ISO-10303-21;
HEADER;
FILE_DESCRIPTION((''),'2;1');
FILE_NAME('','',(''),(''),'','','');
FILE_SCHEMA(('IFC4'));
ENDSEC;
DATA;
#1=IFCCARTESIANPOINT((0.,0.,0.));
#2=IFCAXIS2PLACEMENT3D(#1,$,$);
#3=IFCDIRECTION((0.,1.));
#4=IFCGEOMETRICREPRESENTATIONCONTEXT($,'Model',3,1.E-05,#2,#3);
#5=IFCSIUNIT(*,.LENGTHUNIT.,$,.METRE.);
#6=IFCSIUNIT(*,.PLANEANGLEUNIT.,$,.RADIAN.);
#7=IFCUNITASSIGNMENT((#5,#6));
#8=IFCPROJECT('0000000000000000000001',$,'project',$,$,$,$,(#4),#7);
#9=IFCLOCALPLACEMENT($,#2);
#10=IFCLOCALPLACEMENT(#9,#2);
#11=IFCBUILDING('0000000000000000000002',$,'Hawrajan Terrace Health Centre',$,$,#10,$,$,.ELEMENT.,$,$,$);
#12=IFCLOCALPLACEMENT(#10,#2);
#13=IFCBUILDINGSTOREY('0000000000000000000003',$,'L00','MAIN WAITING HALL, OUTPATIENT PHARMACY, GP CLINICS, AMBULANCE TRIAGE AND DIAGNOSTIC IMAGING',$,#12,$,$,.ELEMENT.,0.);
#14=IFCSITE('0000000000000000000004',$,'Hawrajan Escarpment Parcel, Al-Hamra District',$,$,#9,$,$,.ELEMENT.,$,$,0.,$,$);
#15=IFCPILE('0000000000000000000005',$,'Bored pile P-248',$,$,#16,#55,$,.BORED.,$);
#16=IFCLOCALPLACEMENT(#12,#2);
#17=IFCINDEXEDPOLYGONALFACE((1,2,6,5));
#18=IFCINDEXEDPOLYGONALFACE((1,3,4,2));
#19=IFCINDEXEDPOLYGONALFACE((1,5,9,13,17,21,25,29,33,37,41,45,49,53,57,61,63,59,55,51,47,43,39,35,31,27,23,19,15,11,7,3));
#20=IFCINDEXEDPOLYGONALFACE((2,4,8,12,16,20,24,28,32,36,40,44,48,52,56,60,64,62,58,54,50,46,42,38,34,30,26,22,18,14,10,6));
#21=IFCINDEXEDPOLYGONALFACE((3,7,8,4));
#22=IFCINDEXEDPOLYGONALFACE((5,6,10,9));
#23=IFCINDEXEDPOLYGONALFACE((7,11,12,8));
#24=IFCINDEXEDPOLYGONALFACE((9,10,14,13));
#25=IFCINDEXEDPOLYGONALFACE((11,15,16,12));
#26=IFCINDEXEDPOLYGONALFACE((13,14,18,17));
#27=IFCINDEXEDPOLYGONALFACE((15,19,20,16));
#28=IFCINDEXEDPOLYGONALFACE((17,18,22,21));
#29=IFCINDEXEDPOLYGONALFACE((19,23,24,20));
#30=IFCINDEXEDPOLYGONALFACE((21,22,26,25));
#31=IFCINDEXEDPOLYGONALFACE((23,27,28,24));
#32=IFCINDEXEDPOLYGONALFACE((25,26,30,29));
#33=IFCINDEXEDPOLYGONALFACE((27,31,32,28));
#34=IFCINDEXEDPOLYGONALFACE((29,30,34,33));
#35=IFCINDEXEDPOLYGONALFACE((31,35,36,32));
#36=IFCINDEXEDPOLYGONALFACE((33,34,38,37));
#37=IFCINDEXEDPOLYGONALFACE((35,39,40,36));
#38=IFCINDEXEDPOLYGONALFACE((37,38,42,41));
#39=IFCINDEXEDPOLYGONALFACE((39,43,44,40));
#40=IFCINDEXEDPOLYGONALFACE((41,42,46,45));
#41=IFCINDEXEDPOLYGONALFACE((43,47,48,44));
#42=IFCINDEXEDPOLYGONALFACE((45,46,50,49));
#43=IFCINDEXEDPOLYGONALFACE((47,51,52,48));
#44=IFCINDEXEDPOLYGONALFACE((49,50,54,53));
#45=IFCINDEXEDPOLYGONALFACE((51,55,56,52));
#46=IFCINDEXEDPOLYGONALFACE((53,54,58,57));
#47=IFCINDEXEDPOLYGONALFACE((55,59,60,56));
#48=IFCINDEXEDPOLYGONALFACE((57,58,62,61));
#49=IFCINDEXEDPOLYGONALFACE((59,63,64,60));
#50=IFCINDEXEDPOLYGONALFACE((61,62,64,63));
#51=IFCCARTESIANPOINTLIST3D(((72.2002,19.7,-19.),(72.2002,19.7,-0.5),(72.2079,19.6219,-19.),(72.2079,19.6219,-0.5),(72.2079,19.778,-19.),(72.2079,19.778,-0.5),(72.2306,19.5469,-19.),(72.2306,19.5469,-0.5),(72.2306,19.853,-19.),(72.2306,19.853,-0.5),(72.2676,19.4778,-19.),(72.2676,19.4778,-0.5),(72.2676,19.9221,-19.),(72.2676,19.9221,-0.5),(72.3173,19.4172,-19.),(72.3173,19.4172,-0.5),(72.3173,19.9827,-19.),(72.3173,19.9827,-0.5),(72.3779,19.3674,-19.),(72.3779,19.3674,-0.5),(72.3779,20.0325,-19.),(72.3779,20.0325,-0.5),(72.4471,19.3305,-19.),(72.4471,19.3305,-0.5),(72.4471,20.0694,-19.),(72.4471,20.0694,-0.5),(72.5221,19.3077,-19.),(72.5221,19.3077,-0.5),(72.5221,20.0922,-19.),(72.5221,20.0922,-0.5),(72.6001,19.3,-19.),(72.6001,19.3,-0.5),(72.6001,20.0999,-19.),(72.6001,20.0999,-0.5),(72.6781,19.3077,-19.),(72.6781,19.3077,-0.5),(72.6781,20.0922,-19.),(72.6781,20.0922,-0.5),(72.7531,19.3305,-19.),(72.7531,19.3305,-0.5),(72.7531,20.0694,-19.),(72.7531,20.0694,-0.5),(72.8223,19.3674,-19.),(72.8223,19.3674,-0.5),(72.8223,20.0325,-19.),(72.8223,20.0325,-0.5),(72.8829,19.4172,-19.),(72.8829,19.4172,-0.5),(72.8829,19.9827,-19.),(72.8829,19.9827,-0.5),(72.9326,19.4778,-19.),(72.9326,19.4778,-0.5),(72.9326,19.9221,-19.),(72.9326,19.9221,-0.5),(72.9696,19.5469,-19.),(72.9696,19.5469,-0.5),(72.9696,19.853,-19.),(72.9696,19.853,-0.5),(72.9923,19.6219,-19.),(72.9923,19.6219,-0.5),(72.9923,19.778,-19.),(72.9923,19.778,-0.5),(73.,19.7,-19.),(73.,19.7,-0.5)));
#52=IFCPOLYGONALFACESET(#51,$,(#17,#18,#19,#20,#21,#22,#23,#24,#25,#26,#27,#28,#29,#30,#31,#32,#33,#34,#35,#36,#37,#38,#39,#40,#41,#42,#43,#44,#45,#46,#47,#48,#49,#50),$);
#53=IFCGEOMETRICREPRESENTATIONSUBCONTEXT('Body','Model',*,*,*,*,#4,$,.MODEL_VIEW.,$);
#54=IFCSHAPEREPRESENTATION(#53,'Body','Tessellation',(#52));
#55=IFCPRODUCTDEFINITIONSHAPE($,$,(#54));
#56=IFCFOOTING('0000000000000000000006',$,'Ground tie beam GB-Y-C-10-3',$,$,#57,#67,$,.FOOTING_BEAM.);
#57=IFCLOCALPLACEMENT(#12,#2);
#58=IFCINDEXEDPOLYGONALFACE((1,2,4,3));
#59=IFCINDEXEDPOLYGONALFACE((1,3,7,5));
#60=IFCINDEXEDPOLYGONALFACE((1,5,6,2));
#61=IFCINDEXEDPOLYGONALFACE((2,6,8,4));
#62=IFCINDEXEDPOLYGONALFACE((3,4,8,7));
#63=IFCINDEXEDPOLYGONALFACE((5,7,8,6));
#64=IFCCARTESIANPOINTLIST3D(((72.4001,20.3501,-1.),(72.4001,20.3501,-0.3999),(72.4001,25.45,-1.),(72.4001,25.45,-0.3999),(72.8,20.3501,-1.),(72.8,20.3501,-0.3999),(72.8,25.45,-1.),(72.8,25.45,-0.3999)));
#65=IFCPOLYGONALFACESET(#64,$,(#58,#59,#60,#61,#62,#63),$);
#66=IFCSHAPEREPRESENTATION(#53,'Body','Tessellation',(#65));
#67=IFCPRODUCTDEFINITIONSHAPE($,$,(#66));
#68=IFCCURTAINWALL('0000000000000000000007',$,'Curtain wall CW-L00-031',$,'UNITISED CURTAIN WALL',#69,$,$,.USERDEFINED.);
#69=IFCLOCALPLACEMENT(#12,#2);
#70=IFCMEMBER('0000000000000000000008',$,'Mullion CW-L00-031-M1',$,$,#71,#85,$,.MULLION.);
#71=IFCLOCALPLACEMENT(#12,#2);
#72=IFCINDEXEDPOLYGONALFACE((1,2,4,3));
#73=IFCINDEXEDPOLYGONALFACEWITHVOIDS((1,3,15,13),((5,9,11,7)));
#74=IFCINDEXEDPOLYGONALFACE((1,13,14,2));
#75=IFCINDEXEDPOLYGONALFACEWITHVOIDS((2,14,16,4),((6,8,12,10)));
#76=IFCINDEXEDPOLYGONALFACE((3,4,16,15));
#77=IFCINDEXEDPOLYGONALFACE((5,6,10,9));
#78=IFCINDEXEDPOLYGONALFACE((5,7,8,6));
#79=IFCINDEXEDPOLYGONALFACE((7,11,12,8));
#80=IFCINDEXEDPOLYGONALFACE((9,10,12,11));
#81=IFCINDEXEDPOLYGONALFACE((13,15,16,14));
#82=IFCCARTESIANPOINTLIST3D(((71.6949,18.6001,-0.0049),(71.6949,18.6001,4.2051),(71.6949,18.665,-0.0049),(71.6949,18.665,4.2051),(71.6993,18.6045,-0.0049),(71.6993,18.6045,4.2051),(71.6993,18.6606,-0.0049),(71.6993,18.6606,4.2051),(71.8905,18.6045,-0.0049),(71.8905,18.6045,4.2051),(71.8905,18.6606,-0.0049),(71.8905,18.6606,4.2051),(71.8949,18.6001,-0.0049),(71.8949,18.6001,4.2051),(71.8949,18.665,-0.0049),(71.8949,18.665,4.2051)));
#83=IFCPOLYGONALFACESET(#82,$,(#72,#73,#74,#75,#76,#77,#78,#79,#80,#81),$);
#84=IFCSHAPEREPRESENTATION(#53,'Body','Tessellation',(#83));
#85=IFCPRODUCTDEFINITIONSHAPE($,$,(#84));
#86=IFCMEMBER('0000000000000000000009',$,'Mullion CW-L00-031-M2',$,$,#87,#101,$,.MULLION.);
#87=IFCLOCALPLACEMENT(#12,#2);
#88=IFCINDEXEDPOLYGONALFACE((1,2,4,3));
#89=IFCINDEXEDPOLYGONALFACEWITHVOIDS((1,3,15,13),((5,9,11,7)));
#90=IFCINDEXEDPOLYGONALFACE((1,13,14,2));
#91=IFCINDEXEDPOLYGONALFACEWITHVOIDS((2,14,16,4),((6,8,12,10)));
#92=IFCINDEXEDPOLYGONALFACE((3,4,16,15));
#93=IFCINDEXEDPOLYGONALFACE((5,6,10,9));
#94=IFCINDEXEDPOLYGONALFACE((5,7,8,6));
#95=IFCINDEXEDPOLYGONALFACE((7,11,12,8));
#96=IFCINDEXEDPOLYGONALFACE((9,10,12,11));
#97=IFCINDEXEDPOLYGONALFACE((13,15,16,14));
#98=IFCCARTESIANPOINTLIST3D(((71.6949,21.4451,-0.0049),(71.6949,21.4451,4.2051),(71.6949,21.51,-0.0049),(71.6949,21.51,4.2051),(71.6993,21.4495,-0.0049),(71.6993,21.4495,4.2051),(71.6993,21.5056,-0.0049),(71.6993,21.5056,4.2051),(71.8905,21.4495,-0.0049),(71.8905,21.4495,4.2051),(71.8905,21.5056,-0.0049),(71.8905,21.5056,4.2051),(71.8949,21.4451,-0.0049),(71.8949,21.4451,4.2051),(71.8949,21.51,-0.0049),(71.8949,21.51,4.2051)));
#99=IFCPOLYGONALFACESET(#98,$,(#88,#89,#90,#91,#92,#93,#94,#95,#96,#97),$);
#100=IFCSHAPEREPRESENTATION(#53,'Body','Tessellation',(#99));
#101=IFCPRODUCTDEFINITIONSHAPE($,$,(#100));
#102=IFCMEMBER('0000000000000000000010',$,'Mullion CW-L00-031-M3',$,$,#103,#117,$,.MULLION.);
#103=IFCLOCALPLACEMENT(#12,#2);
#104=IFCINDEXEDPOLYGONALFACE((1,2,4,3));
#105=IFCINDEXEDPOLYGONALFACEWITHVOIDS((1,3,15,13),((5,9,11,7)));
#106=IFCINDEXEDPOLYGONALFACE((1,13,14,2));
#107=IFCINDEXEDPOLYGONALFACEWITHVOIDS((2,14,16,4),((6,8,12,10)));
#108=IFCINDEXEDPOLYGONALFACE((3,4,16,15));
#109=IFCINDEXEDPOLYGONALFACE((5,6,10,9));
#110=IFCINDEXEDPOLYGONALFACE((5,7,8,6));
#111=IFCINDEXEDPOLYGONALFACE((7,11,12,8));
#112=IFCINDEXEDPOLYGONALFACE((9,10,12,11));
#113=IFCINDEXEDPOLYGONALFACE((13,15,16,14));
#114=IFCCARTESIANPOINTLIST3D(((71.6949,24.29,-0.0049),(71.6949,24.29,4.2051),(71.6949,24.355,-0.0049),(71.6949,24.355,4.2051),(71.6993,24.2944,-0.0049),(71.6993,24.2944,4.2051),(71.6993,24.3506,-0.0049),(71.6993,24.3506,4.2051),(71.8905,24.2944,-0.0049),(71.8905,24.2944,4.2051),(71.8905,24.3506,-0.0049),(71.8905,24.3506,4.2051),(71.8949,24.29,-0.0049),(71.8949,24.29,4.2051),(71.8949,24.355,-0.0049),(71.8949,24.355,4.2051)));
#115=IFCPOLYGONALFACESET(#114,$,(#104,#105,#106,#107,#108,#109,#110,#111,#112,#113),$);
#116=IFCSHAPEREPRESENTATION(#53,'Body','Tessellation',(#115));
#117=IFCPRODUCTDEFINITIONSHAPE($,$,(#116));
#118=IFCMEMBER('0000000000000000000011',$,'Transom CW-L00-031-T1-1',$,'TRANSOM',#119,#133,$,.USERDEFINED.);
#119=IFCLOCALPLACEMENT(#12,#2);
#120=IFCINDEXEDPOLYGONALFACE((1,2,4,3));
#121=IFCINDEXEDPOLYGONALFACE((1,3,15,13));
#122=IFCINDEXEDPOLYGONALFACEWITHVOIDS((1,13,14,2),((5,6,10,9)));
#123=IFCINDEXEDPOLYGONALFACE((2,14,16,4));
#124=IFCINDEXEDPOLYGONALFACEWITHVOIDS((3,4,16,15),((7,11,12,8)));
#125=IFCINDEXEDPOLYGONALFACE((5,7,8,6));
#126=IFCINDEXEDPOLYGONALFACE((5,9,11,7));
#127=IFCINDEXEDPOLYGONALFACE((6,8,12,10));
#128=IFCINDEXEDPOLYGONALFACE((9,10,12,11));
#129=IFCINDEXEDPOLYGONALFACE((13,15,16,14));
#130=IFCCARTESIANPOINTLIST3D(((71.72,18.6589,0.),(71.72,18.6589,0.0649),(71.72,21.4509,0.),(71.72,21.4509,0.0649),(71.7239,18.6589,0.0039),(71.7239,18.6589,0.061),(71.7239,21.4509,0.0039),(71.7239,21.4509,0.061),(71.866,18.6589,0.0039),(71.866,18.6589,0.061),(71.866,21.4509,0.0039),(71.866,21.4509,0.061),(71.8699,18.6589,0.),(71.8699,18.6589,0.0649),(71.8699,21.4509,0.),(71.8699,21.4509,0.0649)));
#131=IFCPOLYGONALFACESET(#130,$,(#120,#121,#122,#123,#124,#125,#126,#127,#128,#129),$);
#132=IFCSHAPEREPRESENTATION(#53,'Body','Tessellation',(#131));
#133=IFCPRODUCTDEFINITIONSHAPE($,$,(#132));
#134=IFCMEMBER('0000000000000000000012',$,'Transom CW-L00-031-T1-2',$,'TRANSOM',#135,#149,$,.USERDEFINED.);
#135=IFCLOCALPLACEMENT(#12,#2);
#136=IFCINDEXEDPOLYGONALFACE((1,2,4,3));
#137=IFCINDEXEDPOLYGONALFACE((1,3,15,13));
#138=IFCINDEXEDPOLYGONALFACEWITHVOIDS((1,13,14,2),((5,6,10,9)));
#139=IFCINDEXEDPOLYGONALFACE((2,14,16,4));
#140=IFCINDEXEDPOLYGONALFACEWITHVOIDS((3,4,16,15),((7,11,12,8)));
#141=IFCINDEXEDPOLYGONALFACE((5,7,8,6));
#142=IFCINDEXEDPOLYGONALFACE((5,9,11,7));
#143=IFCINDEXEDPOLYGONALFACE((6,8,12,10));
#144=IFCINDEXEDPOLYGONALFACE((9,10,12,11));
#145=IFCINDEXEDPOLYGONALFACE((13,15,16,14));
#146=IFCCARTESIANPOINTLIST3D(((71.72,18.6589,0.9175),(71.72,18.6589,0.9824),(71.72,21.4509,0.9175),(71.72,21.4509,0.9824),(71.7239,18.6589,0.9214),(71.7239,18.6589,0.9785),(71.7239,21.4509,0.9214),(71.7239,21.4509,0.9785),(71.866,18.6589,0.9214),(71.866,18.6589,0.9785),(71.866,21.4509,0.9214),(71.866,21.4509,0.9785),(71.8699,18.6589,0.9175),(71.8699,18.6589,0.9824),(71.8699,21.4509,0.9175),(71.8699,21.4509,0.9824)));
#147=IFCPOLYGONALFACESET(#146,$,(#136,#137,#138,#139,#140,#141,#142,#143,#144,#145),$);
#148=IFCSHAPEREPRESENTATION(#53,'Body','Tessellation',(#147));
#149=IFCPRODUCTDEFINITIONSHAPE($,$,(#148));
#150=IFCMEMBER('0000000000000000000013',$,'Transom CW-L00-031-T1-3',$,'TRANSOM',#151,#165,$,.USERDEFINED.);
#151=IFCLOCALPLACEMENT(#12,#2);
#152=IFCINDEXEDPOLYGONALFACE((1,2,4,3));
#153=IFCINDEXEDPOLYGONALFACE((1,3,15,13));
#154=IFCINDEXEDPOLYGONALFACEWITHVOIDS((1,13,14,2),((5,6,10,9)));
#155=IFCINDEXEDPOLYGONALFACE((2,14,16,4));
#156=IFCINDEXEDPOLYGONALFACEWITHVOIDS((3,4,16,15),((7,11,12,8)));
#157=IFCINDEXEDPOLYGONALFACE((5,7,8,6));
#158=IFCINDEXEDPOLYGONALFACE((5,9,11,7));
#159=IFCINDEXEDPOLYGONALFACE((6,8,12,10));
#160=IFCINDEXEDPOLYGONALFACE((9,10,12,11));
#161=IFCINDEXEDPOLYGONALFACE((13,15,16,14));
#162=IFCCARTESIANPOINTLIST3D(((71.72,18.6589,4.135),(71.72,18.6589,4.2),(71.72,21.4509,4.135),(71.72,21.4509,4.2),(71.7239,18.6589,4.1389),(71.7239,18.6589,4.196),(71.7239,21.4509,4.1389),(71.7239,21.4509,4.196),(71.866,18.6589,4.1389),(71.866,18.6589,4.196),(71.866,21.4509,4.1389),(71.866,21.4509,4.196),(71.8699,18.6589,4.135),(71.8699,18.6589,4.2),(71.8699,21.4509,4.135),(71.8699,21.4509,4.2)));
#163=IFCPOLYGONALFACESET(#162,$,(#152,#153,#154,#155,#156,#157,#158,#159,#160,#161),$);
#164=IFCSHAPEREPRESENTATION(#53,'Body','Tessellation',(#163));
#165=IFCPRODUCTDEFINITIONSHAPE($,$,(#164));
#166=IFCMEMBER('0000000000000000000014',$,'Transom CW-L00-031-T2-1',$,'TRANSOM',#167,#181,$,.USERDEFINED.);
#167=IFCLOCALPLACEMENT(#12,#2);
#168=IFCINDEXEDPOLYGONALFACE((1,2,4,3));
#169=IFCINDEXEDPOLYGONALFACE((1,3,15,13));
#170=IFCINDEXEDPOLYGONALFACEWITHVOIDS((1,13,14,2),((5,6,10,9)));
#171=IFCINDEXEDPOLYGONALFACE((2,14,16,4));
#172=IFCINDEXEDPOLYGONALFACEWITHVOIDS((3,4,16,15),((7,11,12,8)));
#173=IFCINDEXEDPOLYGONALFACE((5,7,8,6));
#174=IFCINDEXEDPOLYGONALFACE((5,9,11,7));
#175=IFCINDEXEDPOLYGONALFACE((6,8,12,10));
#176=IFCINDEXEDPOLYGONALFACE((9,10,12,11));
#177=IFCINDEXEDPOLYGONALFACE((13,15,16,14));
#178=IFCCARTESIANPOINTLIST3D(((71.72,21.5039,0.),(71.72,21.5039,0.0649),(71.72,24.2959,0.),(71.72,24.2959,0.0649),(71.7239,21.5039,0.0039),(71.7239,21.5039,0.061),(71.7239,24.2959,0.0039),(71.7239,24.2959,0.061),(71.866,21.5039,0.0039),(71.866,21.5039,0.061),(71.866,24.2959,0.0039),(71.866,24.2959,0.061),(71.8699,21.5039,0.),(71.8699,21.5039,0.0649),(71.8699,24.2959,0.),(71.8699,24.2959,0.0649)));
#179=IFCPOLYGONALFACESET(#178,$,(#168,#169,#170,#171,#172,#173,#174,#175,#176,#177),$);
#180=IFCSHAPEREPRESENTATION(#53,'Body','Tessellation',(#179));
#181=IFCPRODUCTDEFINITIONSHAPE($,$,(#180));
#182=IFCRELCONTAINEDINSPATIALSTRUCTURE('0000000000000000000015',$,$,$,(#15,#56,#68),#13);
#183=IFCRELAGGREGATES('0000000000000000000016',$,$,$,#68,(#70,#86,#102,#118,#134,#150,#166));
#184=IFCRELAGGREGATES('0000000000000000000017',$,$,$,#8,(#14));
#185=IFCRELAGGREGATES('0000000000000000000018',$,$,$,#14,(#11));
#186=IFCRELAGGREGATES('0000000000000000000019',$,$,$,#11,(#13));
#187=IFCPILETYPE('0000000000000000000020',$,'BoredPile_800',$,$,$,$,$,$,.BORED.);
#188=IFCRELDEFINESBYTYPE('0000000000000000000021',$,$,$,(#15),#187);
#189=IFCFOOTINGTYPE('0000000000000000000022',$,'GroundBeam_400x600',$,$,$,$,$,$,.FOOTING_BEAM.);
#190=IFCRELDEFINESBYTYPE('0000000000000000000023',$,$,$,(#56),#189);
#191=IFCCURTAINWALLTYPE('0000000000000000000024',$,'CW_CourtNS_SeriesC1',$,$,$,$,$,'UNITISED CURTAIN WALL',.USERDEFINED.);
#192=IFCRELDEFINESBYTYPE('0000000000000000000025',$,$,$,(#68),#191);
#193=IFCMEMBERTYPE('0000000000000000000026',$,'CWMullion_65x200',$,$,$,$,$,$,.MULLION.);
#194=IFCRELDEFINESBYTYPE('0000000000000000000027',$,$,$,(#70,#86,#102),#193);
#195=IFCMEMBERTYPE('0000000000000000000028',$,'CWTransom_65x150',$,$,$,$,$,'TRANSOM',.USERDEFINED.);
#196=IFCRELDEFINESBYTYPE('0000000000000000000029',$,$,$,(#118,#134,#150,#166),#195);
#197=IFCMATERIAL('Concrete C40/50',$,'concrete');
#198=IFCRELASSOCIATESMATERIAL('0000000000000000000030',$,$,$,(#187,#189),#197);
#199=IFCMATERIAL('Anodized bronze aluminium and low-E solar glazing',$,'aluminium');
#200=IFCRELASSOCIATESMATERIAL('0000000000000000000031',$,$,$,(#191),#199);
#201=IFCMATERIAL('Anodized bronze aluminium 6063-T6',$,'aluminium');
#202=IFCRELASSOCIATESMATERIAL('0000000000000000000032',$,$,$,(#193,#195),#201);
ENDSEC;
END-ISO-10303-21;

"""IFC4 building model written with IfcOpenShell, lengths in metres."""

from ifc_helpers import new_model, si_unit, direction, frame, origin, origin_2d, place, context, subcontext, project, spatial, rectangle, hollow_rectangle, circle, extrude, material, material_profile, profile_set, type_object, element, aggregate, save


model = new_model("IFC4")

# Units and contexts
model_context = context("Model", 3, precision=1e-05, world=origin(), true_north=direction((0.0, 1.0)))
body_context = subcontext(model_context, "Body", "Model", "MODEL_VIEW")
ifc_project = project(units=[si_unit("LENGTHUNIT", "METRE"), si_unit("PLANEANGLEUNIT", "RADIAN")], contexts=[model_context])

# Site, building, storey
site_placement = place(None, origin())
site = spatial("IfcSite", under=ifc_project, at=site_placement, Name="Hawrajan Escarpment Parcel, Al-Hamra District", CompositionType="ELEMENT", RefElevation=0.0)
building_placement = place(site_placement, origin())
building = spatial("IfcBuilding", under=site, at=building_placement, Name="Hawrajan Terrace Health Centre", CompositionType="ELEMENT")
storey_placement = place(building_placement, origin())
storey = spatial("IfcBuildingStorey", under=building, at=storey_placement, Name="L00", Description="MAIN WAITING HALL, OUTPATIENT PHARMACY, GP CLINICS, AMBULANCE TRIAGE AND DIAGNOSTIC IMAGING", CompositionType="ELEMENT", Elevation=0.0)

# Pile
ifc_material_1 = material(Name="Concrete C40/50", Category="concrete")
ifc_material_profile_1 = material_profile(ifc_material_1, circle(Radius=0.3999, at=origin_2d()), Name="BP 800")
ifc_profile_set_1 = profile_set([ifc_material_profile_1], Name="Concrete C40/50")
pile_type = type_object("IfcPileType", Name="BoredPile_800", PredefinedType="BORED", material=ifc_profile_set_1)
pile_placement = place(storey_placement, frame((72.6001, 19.7, -0.5), z_axis=(0.0, 0.0, -1.0), x_axis=(1.0, 0.0, 0.0)))
element("IfcPile", 1, at=pile_placement, inside=storey, type_object=pile_type, Name="Bored pile P-248", PredefinedType="BORED", context=body_context, shape_type="SweptSolid", body=[
    extrude(circle(Radius=0.3999, at=origin_2d()), origin(), (0.0, 0.0, 1.0), 18.5),
])

# Footing
ifc_material_profile_2 = material_profile(ifc_material_1, rectangle(XDim=0.3999, YDim=0.6001, at=origin_2d()), Name="RC BM 400x600")
ifc_profile_set_2 = profile_set([ifc_material_profile_2], Name="Concrete C40/50")
footing_type = type_object("IfcFootingType", Name="GroundBeam_400x600", PredefinedType="FOOTING_BEAM", material=ifc_profile_set_2)
footing_placement = place(storey_placement, frame((72.6001, 20.3501, -0.7), z_axis=(0.0, 1.0, 0.0), x_axis=(-1.0, 0.0, 0.0)))
element("IfcFooting", 2, at=footing_placement, inside=storey, type_object=footing_type, Name="Ground tie beam GB-Y-C-10-3", PredefinedType="FOOTING_BEAM", context=body_context, shape_type="SweptSolid", body=[
    extrude(rectangle(XDim=0.3999, YDim=0.6001, at=origin_2d()), origin(), (0.0, 0.0, 1.0), 5.0999),
])

# Curtain wall, members
ifc_material_2 = material(Name="Anodized bronze aluminium and low-E solar glazing", Category="aluminium")
curtain_wall_type_1 = type_object("IfcCurtainWallType", Name="CW_CourtNS_SeriesC1", ElementType="UNITISED CURTAIN WALL", PredefinedType="USERDEFINED", material=ifc_material_2)
curtain_wall_1_placement = place(storey_placement, origin())
curtain_wall_1 = element("IfcCurtainWall", 3, at=curtain_wall_1_placement, inside=storey, type_object=curtain_wall_type_1, Name="Curtain wall CW-L00-031", ObjectType="UNITISED CURTAIN WALL", PredefinedType="USERDEFINED")
ifc_material_3 = material(Name="Anodized bronze aluminium 6063-T6", Category="aluminium")
ifc_material_profile_3 = material_profile(ifc_material_3, hollow_rectangle(XDim=0.0649, YDim=0.2, WallThickness=0.0044, at=origin_2d()), Name="CW MUL 65x200")
ifc_profile_set_3 = profile_set([ifc_material_profile_3], Name="Anodized bronze aluminium 6063-T6")
member_type_1 = type_object("IfcMemberType", Name="CWMullion_65x200", PredefinedType="MULLION", material=ifc_profile_set_3)
member_1_placement = place(storey_placement, frame((71.7949, 18.6326, -0.0049), z_axis=(0.0, 0.0, 1.0), x_axis=(0.0, 1.0, 0.0)))
member_1 = element("IfcMember", 4, at=member_1_placement, type_object=member_type_1, Name="Mullion CW-L00-031-M1", PredefinedType="MULLION", context=body_context, shape_type="SweptSolid", body=[
    extrude(hollow_rectangle(XDim=0.0649, YDim=0.2, WallThickness=0.0044, at=origin_2d()), origin(), (0.0, 0.0, 1.0), 4.21),
])
member_2_placement = place(storey_placement, frame((71.7949, 21.4775, -0.0049), z_axis=(0.0, 0.0, 1.0), x_axis=(0.0, 1.0, 0.0)))
member_2 = element("IfcMember", 5, at=member_2_placement, type_object=member_type_1, Name="Mullion CW-L00-031-M2", PredefinedType="MULLION", context=body_context, shape_type="SweptSolid", body=[
    extrude(hollow_rectangle(XDim=0.0649, YDim=0.2, WallThickness=0.0044, at=origin_2d()), origin(), (0.0, 0.0, 1.0), 4.21),
])
member_3_placement = place(storey_placement, frame((71.7949, 24.3225, -0.0049), z_axis=(0.0, 0.0, 1.0), x_axis=(0.0, 1.0, 0.0)))
member_3 = element("IfcMember", 6, at=member_3_placement, type_object=member_type_1, Name="Mullion CW-L00-031-M3", PredefinedType="MULLION", context=body_context, shape_type="SweptSolid", body=[
    extrude(hollow_rectangle(XDim=0.0649, YDim=0.2, WallThickness=0.0044, at=origin_2d()), origin(), (0.0, 0.0, 1.0), 4.21),
])
ifc_material_profile_4 = material_profile(ifc_material_3, hollow_rectangle(XDim=0.0649, YDim=0.1499, WallThickness=0.0039, at=origin_2d()), Name="CW TRN 65x150")
ifc_profile_set_4 = profile_set([ifc_material_profile_4], Name="Anodized bronze aluminium 6063-T6")
member_type_2 = type_object("IfcMemberType", Name="CWTransom_65x150", ElementType="TRANSOM", PredefinedType="USERDEFINED", material=ifc_profile_set_4)
member_4_placement = place(storey_placement, frame((71.7949, 18.6589, 0.0325), z_axis=(0.0, 1.0, 0.0), x_axis=(0.0, 0.0, 1.0)))
member_4 = element("IfcMember", 7, at=member_4_placement, type_object=member_type_2, Name="Transom CW-L00-031-T1-1", ObjectType="TRANSOM", PredefinedType="USERDEFINED", context=body_context, shape_type="SweptSolid", body=[
    extrude(hollow_rectangle(XDim=0.0649, YDim=0.1499, WallThickness=0.0039, at=origin_2d()), origin(), (0.0, 0.0, 1.0), 2.792),
])
member_5_placement = place(storey_placement, frame((71.7949, 18.6589, 0.95), z_axis=(0.0, 1.0, 0.0), x_axis=(0.0, 0.0, 1.0)))
member_5 = element("IfcMember", 8, at=member_5_placement, type_object=member_type_2, Name="Transom CW-L00-031-T1-2", ObjectType="TRANSOM", PredefinedType="USERDEFINED", context=body_context, shape_type="SweptSolid", body=[
    extrude(hollow_rectangle(XDim=0.0649, YDim=0.1499, WallThickness=0.0039, at=origin_2d()), origin(), (0.0, 0.0, 1.0), 2.792),
])
member_6_placement = place(storey_placement, frame((71.7949, 18.6589, 4.1675), z_axis=(0.0, 1.0, 0.0), x_axis=(0.0, 0.0, 1.0)))
member_6 = element("IfcMember", 9, at=member_6_placement, type_object=member_type_2, Name="Transom CW-L00-031-T1-3", ObjectType="TRANSOM", PredefinedType="USERDEFINED", context=body_context, shape_type="SweptSolid", body=[
    extrude(hollow_rectangle(XDim=0.0649, YDim=0.1499, WallThickness=0.0039, at=origin_2d()), origin(), (0.0, 0.0, 1.0), 2.792),
])
member_7_placement = place(storey_placement, frame((71.7949, 21.5039, 0.0325), z_axis=(0.0, 1.0, 0.0), x_axis=(0.0, 0.0, 1.0)))
member_7 = element("IfcMember", 10, at=member_7_placement, type_object=member_type_2, Name="Transom CW-L00-031-T2-1", ObjectType="TRANSOM", PredefinedType="USERDEFINED", context=body_context, shape_type="SweptSolid", body=[
    extrude(hollow_rectangle(XDim=0.0649, YDim=0.1499, WallThickness=0.0039, at=origin_2d()), origin(), (0.0, 0.0, 1.0), 2.792),
])

aggregate(curtain_wall_1, [member_1, member_2, member_3, member_4, member_5, member_6, member_7])

save(model, "model.ifc")
